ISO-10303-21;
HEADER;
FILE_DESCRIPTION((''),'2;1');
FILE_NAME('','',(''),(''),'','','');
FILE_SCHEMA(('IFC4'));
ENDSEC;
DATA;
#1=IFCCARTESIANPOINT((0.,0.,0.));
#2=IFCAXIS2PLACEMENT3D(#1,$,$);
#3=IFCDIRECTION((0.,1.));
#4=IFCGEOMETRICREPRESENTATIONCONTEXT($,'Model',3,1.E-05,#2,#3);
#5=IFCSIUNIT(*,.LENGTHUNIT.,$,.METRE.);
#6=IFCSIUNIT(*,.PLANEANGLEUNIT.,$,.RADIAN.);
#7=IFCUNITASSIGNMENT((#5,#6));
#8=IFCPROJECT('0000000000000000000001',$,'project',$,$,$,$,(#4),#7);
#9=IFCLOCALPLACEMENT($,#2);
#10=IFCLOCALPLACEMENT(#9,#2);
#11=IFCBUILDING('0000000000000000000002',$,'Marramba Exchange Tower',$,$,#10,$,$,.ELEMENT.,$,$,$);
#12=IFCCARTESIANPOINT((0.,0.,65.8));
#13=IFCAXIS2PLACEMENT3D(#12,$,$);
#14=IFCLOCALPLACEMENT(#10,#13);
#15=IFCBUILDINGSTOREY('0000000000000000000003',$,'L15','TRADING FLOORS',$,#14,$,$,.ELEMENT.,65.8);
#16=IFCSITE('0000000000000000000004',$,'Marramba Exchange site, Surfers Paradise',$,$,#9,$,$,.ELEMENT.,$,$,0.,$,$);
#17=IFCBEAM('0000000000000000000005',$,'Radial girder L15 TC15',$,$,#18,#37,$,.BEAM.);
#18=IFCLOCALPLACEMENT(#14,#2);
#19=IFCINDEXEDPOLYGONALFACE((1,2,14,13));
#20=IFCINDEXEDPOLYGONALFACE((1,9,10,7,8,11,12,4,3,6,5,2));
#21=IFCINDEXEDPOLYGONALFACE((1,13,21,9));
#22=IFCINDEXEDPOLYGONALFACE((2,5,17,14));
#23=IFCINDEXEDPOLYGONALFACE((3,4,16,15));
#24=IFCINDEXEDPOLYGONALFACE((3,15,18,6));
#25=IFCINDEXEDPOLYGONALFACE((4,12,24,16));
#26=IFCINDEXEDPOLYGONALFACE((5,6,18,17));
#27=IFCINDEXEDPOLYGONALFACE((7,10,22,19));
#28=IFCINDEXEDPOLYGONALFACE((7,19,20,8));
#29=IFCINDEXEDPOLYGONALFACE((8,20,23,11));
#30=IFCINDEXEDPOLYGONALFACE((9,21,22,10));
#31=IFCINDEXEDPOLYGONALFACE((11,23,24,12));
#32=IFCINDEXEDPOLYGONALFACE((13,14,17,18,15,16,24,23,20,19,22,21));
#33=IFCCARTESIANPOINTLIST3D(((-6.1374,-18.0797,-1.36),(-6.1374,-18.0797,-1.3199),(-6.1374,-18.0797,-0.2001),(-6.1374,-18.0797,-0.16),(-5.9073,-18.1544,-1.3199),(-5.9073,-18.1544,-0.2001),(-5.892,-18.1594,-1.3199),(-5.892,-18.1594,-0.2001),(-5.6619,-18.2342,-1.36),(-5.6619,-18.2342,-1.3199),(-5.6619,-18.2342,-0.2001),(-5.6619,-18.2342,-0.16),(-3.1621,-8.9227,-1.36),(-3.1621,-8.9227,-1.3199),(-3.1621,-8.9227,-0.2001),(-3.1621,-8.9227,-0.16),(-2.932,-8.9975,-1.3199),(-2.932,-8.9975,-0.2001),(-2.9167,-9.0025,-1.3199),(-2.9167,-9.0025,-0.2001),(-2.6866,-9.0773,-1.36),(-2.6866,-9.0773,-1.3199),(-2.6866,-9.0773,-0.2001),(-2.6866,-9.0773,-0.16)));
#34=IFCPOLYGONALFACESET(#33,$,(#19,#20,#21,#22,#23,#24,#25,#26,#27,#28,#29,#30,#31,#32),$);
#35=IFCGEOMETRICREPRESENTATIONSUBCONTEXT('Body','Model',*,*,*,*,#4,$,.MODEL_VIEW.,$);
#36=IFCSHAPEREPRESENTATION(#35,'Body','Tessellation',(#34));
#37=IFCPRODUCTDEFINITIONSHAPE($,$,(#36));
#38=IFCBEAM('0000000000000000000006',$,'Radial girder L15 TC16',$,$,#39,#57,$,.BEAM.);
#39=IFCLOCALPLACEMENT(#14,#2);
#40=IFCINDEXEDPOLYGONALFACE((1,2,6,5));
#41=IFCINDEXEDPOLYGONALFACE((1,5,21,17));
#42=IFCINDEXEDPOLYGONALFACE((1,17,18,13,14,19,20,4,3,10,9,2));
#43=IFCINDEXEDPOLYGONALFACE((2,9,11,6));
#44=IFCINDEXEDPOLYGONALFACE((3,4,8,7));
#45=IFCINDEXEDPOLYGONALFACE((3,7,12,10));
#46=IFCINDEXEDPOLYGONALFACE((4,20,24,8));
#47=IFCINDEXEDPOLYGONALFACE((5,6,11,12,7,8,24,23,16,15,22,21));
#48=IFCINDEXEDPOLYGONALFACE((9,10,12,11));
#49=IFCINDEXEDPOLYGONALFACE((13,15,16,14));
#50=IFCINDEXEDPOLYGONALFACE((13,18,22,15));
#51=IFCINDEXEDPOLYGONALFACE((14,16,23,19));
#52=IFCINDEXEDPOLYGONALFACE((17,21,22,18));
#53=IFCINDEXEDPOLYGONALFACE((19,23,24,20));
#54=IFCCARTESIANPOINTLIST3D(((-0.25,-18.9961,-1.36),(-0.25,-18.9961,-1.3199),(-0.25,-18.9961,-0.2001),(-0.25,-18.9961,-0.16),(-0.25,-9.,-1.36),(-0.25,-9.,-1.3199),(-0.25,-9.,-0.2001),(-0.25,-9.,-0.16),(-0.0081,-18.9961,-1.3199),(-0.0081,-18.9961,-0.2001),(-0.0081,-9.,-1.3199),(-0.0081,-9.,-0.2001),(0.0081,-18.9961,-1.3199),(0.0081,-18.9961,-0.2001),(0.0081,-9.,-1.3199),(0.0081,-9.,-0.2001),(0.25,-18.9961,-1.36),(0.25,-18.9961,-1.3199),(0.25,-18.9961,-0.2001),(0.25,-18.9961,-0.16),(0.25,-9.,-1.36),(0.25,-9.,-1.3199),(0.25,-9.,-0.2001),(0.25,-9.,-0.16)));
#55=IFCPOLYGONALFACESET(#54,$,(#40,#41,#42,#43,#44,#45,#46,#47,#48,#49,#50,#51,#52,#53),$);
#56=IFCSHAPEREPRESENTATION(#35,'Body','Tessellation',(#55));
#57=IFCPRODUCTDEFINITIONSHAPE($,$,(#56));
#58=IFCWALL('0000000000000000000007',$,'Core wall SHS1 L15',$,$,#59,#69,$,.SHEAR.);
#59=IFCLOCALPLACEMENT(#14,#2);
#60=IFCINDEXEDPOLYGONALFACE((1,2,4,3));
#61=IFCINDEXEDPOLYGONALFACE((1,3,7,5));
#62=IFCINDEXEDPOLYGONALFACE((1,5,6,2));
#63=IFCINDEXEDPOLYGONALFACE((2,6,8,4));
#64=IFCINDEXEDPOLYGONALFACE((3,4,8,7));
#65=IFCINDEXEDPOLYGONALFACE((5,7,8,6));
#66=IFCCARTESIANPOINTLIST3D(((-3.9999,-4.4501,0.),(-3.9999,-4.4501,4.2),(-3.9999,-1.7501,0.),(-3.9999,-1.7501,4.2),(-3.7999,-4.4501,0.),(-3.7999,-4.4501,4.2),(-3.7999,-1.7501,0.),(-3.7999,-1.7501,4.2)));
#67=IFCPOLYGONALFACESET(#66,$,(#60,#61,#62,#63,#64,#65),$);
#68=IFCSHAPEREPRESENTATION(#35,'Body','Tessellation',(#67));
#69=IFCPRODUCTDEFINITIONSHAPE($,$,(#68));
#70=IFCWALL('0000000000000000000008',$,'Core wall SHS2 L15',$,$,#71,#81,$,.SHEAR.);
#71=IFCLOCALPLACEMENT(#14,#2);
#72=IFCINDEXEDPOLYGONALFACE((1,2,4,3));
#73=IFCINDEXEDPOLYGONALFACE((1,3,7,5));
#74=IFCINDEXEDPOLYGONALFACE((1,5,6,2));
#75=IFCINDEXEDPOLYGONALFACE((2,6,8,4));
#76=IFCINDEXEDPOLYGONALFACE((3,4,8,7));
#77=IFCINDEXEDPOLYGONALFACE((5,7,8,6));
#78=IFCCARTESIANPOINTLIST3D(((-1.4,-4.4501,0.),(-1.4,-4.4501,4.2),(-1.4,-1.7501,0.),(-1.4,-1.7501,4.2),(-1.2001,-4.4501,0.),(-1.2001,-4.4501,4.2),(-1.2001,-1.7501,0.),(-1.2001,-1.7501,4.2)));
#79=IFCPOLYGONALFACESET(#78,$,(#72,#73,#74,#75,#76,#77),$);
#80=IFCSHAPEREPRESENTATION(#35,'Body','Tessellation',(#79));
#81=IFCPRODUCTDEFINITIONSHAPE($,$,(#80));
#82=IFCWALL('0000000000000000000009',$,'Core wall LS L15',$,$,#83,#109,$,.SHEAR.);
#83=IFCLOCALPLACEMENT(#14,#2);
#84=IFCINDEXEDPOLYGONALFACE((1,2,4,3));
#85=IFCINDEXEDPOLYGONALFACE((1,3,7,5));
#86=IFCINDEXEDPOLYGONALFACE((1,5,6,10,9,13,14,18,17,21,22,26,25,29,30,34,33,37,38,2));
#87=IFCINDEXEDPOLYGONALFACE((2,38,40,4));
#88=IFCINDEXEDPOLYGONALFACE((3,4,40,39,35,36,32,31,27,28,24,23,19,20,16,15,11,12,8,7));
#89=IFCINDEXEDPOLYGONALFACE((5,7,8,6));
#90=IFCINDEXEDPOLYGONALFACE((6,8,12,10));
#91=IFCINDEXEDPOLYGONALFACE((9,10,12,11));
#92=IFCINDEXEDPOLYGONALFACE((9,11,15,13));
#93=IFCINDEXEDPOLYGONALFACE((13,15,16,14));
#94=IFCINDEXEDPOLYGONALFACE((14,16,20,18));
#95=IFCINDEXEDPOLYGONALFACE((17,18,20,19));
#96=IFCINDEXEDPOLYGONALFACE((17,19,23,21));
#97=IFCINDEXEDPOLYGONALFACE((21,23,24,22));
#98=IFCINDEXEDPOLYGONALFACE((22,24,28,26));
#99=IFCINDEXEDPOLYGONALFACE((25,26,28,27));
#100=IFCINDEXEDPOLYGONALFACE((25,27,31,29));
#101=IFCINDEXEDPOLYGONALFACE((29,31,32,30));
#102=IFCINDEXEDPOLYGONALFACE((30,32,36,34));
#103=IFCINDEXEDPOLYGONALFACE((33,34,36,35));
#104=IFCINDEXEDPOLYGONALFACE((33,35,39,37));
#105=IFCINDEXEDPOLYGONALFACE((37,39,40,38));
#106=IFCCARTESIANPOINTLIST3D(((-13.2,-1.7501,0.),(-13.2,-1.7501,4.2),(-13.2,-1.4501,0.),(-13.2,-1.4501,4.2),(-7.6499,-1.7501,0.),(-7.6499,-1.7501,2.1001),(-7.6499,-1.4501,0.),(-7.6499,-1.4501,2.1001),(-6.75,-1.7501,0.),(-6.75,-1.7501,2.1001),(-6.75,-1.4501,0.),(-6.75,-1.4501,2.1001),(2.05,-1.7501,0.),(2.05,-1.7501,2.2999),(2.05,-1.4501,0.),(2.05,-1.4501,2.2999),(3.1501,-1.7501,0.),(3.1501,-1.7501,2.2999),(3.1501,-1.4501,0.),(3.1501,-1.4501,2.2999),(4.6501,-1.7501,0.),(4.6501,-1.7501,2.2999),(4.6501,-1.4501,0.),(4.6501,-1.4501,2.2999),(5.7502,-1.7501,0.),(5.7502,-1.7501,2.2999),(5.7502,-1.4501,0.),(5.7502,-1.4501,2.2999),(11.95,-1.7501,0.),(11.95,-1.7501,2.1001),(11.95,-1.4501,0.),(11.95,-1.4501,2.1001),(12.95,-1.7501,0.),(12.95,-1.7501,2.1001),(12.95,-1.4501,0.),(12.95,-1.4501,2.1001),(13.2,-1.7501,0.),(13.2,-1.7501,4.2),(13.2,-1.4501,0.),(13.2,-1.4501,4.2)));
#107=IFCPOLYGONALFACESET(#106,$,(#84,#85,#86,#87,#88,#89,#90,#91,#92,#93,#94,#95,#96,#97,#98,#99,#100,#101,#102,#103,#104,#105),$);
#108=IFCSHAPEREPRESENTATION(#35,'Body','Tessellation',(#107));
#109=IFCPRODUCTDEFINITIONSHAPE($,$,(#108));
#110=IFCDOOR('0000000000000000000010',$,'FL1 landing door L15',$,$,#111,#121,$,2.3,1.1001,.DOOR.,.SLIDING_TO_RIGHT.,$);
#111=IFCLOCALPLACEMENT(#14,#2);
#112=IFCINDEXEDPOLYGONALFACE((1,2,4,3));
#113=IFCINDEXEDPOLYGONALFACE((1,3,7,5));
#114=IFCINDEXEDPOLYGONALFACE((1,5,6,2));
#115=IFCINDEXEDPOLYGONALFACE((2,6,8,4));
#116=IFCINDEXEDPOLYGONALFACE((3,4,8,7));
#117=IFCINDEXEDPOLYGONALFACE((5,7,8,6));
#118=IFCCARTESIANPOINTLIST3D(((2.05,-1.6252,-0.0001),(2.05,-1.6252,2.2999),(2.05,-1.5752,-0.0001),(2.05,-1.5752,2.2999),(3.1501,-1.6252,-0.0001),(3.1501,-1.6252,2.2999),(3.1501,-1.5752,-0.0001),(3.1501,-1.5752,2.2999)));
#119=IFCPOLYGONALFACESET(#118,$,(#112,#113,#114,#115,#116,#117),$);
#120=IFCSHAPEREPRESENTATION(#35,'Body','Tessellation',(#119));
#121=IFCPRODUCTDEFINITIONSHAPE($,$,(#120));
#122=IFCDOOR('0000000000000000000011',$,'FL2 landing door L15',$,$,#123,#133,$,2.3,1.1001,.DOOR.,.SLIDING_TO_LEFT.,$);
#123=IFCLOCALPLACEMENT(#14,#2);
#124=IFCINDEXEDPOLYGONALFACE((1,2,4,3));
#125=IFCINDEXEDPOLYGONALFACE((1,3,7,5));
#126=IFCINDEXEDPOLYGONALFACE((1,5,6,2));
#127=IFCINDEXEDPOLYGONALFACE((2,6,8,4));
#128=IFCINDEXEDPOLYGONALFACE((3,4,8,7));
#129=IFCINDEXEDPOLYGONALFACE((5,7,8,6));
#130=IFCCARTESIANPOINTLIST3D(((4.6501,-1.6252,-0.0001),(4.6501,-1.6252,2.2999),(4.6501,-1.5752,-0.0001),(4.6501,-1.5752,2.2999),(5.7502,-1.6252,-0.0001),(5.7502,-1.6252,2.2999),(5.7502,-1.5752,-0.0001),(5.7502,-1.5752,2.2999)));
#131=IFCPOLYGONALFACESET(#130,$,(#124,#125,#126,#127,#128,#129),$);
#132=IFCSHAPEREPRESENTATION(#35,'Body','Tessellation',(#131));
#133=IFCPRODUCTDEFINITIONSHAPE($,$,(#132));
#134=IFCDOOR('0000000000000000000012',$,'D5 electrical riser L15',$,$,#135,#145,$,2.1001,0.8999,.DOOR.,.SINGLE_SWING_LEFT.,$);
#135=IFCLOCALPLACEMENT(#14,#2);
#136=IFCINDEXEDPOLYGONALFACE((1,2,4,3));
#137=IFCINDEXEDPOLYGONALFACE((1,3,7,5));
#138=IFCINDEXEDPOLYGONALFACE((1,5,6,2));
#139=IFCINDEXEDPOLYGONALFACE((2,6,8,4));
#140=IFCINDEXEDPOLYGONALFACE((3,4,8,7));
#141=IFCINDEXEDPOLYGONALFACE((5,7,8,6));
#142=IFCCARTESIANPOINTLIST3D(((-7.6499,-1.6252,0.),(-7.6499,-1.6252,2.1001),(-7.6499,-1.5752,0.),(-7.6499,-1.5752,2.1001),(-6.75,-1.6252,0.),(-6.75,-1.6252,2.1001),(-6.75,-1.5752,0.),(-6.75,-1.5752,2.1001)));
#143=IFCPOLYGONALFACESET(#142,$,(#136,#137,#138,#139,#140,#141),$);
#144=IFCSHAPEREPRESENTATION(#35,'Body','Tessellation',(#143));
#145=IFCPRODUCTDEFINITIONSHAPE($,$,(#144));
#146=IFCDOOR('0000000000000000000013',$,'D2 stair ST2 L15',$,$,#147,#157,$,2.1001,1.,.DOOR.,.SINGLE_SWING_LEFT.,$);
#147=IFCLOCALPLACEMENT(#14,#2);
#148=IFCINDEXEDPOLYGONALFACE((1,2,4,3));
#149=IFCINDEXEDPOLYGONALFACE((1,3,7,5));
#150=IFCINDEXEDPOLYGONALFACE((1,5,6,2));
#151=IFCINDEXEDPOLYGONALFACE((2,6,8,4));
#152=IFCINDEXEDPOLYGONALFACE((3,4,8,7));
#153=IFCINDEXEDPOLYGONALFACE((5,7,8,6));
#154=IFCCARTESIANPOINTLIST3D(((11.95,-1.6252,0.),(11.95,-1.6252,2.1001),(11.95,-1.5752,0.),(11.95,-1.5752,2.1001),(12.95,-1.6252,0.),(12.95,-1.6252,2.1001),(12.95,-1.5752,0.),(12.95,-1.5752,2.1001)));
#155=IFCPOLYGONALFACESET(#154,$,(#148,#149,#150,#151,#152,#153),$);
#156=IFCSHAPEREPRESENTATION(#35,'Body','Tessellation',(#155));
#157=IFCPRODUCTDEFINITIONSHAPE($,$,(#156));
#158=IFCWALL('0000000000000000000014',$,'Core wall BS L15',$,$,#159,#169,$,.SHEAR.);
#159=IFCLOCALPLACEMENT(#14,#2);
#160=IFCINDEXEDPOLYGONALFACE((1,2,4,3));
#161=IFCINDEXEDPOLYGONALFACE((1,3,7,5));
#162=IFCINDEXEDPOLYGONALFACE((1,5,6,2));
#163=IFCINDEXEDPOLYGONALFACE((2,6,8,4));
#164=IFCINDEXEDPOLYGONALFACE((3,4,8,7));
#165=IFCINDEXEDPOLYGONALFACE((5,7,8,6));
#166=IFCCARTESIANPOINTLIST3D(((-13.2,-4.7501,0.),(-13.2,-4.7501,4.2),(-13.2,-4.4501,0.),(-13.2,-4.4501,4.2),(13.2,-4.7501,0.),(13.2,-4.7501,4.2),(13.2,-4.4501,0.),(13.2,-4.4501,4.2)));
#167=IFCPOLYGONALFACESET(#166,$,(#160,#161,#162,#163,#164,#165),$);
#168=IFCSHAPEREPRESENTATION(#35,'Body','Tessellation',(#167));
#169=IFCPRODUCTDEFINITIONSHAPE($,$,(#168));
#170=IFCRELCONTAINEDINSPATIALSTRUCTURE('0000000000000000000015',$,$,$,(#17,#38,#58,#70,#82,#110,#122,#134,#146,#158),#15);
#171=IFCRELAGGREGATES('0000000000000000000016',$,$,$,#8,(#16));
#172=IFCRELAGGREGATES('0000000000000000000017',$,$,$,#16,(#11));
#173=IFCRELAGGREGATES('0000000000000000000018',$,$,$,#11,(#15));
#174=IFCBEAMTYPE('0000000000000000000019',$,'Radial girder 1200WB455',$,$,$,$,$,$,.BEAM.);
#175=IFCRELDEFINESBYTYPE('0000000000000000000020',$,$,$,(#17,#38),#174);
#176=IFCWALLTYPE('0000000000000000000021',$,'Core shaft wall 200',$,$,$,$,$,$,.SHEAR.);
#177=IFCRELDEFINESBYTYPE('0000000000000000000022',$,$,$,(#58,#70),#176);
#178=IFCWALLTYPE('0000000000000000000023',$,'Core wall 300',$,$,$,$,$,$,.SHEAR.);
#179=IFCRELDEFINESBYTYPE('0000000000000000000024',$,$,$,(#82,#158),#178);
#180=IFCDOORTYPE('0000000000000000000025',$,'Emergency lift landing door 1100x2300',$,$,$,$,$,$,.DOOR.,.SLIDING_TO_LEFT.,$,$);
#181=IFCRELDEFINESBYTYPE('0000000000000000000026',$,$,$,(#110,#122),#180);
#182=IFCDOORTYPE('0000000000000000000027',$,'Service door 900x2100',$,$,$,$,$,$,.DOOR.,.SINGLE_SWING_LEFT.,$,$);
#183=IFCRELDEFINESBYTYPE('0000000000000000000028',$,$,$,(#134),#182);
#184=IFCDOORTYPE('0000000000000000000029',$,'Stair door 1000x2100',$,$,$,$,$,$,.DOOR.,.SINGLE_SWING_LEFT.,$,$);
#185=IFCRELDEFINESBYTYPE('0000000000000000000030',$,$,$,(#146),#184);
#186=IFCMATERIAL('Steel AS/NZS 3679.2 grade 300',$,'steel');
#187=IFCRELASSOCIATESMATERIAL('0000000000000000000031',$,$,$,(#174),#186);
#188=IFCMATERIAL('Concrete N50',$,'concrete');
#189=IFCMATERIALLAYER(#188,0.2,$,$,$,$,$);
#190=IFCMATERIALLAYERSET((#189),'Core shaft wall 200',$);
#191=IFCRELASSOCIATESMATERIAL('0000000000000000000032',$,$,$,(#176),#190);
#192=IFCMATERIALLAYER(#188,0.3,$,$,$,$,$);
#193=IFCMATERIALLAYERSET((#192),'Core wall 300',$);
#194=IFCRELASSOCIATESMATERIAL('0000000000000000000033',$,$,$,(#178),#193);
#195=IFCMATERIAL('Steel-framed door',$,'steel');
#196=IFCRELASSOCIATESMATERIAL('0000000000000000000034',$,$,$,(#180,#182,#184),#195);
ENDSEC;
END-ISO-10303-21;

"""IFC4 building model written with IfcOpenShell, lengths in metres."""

from ifc_helpers import new_model, si_unit, direction, frame, frame_2d, origin, origin_2d, place, context, subcontext, project, spatial, rectangle, i_section, extrude, material, layer, layer_set, material_profile, profile_set, type_object, element, fill, save


model = new_model("IFC4")

# Units and contexts
model_context = context("Model", 3, precision=1e-05, world=origin(), true_north=direction((0.0, 1.0)))
body_context = subcontext(model_context, "Body", "Model", "MODEL_VIEW")
ifc_project = project(units=[si_unit("LENGTHUNIT", "METRE"), si_unit("PLANEANGLEUNIT", "RADIAN")], contexts=[model_context])

# Site, building, storey
site_placement = place(None, origin())
site = spatial("IfcSite", under=ifc_project, at=site_placement, Name="Marramba Exchange site, Surfers Paradise", CompositionType="ELEMENT", RefElevation=0.0)
building_placement = place(site_placement, origin())
building = spatial("IfcBuilding", under=site, at=building_placement, Name="Marramba Exchange Tower", CompositionType="ELEMENT")
storey_placement = place(building_placement, frame((0.0, 0.0, 65.8)))
storey = spatial("IfcBuildingStorey", under=building, at=storey_placement, Name="L15", Description="TRADING FLOORS", CompositionType="ELEMENT", Elevation=65.8)

# Beams
ifc_material_1 = material(Name="Steel AS/NZS 3679.2 grade 300", Category="steel")
ifc_material_profile = material_profile(ifc_material_1, i_section(OverallWidth=0.5, OverallDepth=1.2, WebThickness=0.0161, FlangeThickness=0.04, at=origin_2d()), Name="1200WB455")
ifc_profile_set = profile_set([ifc_material_profile], Name="Steel AS/NZS 3679.2 grade 300")
beam_type = type_object("IfcBeamType", Name="Radial girder 1200WB455", PredefinedType="BEAM", material=ifc_profile_set)
beam_1_placement = place(storey_placement, frame((-2.9243, -9.0, -0.76), z_axis=(-0.309022, -0.951055, 0.0), x_axis=(0.951055, -0.309022, 0.0)))
element("IfcBeam", 1, at=beam_1_placement, inside=storey, type_object=beam_type, Name="Radial girder L15 TC15", PredefinedType="BEAM", context=body_context, shape_type="SweptSolid", body=[
    extrude(i_section(OverallWidth=0.5, OverallDepth=1.2, WebThickness=0.0161, FlangeThickness=0.04, at=origin_2d()), origin(), (0.0, 0.0, 1.0), 9.6282),
])
beam_2_placement = place(storey_placement, frame((0.0, -9.0, -0.76), z_axis=(0.0, -1.0, 0.0), x_axis=(1.0, 0.0, 0.0)))
element("IfcBeam", 2, at=beam_2_placement, inside=storey, type_object=beam_type, Name="Radial girder L15 TC16", PredefinedType="BEAM", context=body_context, shape_type="SweptSolid", body=[
    extrude(i_section(OverallWidth=0.5, OverallDepth=1.2, WebThickness=0.0161, FlangeThickness=0.04, at=origin_2d()), origin(), (0.0, 0.0, 1.0), 9.9961),
])

# Walls
ifc_material_2 = material(Name="Concrete N50", Category="concrete")
ifc_layer_1 = layer(ifc_material_2, 0.2)
ifc_layer_set_1 = layer_set([ifc_layer_1], Name="Core shaft wall 200")
wall_type_1 = type_object("IfcWallType", Name="Core shaft wall 200", PredefinedType="SHEAR", material=ifc_layer_set_1)
for number, where, z_axis, x_axis, name in (
    (3, (-3.8999, -1.75, 0.0), (0.0, 0.0, 1.0), (0.0, -1.0, 0.0), "Core wall SHS1 L15"),
    (4, (-1.3, -1.75, 0.0), (0.0, 0.0, 1.0), (0.0, -1.0, 0.0), "Core wall SHS2 L15"),
):
    element("IfcWall", number, at=place(storey_placement, frame(where, z_axis=z_axis, x_axis=x_axis)), inside=storey, type_object=wall_type_1, Name=name, PredefinedType="SHEAR", context=body_context, shape_type="SweptSolid", body=[
        extrude(rectangle(XDim=2.7, YDim=0.2, at=frame_2d((1.3501, 0.0))), origin(), (0.0, 0.0, 1.0), 4.2),
    ])

# Wall, openings, doors
ifc_layer_2 = layer(ifc_material_2, 0.3)
ifc_layer_set_2 = layer_set([ifc_layer_2], Name="Core wall 300")
wall_type_2 = type_object("IfcWallType", Name="Core wall 300", PredefinedType="SHEAR", material=ifc_layer_set_2)
wall_1_placement = place(storey_placement, frame((-13.2, -1.6001, 0.0), z_axis=(0.0, 0.0, 1.0), x_axis=(1.0, 0.0, 0.0)))
wall_1 = element("IfcWall", 5, at=wall_1_placement, inside=storey, type_object=wall_type_2, Name="Core wall LS L15", PredefinedType="SHEAR", context=body_context, shape_type="SweptSolid", body=[
    extrude(rectangle(XDim=26.3999, YDim=0.3, at=frame_2d((13.2, 0.0))), origin(), (0.0, 0.0, 1.0), 4.2),
])
opening_1_placement = place(wall_1_placement, frame((25.1499, 0.0, 0.0)))
opening_1 = element("IfcOpeningElement", 6, at=opening_1_placement, cuts=wall_1, PredefinedType="OPENING", context=body_context, shape_type="SweptSolid", body=[
    extrude(rectangle(XDim=1.0, YDim=2.1001, at=frame_2d((0.5, 1.05))), frame((0.0, 0.1599, 0.0), z_axis=(0.0, -1.0, 0.0), x_axis=(1.0, 0.0, 0.0)), (0.0, 0.0, 1.0), 0.3201),
])
opening_2_placement = place(wall_1_placement, frame((15.25, 0.0, 0.0)))
opening_2 = element("IfcOpeningElement", 7, at=opening_2_placement, cuts=wall_1, PredefinedType="OPENING", context=body_context, shape_type="SweptSolid", body=[
    extrude(rectangle(XDim=1.1001, YDim=2.3, at=frame_2d((0.55, 1.1499))), frame((0.0, 0.1599, 0.0), z_axis=(0.0, -1.0, 0.0), x_axis=(1.0, 0.0, 0.0)), (0.0, 0.0, 1.0), 0.3201),
])
opening_3_placement = place(wall_1_placement, frame((17.8501, 0.0, 0.0)))
opening_3 = element("IfcOpeningElement", 8, at=opening_3_placement, cuts=wall_1, PredefinedType="OPENING", context=body_context, shape_type="SweptSolid", body=[
    extrude(rectangle(XDim=1.1001, YDim=2.3, at=frame_2d((0.55, 1.1499))), frame((0.0, 0.1599, 0.0), z_axis=(0.0, -1.0, 0.0), x_axis=(1.0, 0.0, 0.0)), (0.0, 0.0, 1.0), 0.3201),
])
opening_4_placement = place(wall_1_placement, frame((5.55, 0.0, 0.0)))
opening_4 = element("IfcOpeningElement", 9, at=opening_4_placement, cuts=wall_1, PredefinedType="OPENING", context=body_context, shape_type="SweptSolid", body=[
    extrude(rectangle(XDim=0.8999, YDim=2.1001, at=frame_2d((0.45, 1.05))), frame((0.0, 0.1599, 0.0), z_axis=(0.0, -1.0, 0.0), x_axis=(1.0, 0.0, 0.0)), (0.0, 0.0, 1.0), 0.3201),
])
ifc_material_3 = material(Name="Steel-framed door", Category="steel")
door_type_1 = type_object("IfcDoorType", Name="Emergency lift landing door 1100x2300", OperationType="SLIDING_TO_LEFT", PredefinedType="DOOR", material=ifc_material_3)
door_1_placement = place(opening_2_placement, frame((1.1001, 0.0, 0.0), z_axis=(0.0, 0.0, 1.0), x_axis=(-1.0, 0.0, 0.0)))
door_1 = element("IfcDoor", 10, at=door_1_placement, inside=storey, type_object=door_type_1, Name="FL1 landing door L15", OperationType="SLIDING_TO_RIGHT", OverallHeight=2.3, OverallWidth=1.1001, PredefinedType="DOOR", context=body_context, shape_type="SweptSolid", body=[
    extrude(rectangle(XDim=1.1001, YDim=2.3, at=frame_2d((0.55, 1.1499))), frame((0.0, 0.0251, 0.0), z_axis=(0.0, -1.0, 0.0), x_axis=(1.0, 0.0, 0.0)), (0.0, 0.0, 1.0), 0.05),
])
fill(opening_2, door_1)
door_2_placement = place(opening_3_placement, frame((1.1001, 0.0, 0.0), z_axis=(0.0, 0.0, 1.0), x_axis=(-1.0, 0.0, 0.0)))
door_2 = element("IfcDoor", 11, at=door_2_placement, inside=storey, type_object=door_type_1, Name="FL2 landing door L15", OperationType="SLIDING_TO_LEFT", OverallHeight=2.3, OverallWidth=1.1001, PredefinedType="DOOR", context=body_context, shape_type="SweptSolid", body=[
    extrude(rectangle(XDim=1.1001, YDim=2.3, at=frame_2d((0.55, 1.1499))), frame((0.0, 0.0251, 0.0), z_axis=(0.0, -1.0, 0.0), x_axis=(1.0, 0.0, 0.0)), (0.0, 0.0, 1.0), 0.05),
])
fill(opening_3, door_2)
door_type_2 = type_object("IfcDoorType", Name="Service door 900x2100", OperationType="SINGLE_SWING_LEFT", PredefinedType="DOOR", material=ifc_material_3)
door_3_placement = place(opening_4_placement, frame((0.8999, 0.0, 0.0), z_axis=(0.0, 0.0, 1.0), x_axis=(-1.0, 0.0, 0.0)))
door_3 = element("IfcDoor", 12, at=door_3_placement, inside=storey, type_object=door_type_2, Name="D5 electrical riser L15", OperationType="SINGLE_SWING_LEFT", OverallHeight=2.1001, OverallWidth=0.8999, PredefinedType="DOOR", context=body_context, shape_type="SweptSolid", body=[
    extrude(rectangle(XDim=0.8999, YDim=2.1001, at=frame_2d((0.45, 1.05))), frame((0.0, 0.0251, 0.0), z_axis=(0.0, -1.0, 0.0), x_axis=(1.0, 0.0, 0.0)), (0.0, 0.0, 1.0), 0.05),
])
fill(opening_4, door_3)
door_type_3 = type_object("IfcDoorType", Name="Stair door 1000x2100", OperationType="SINGLE_SWING_LEFT", PredefinedType="DOOR", material=ifc_material_3)
door_4_placement = place(opening_1_placement, frame((1.0, 0.0, 0.0), z_axis=(0.0, 0.0, 1.0), x_axis=(-1.0, 0.0, 0.0)))
door_4 = element("IfcDoor", 13, at=door_4_placement, inside=storey, type_object=door_type_3, Name="D2 stair ST2 L15", OperationType="SINGLE_SWING_LEFT", OverallHeight=2.1001, OverallWidth=1.0, PredefinedType="DOOR", context=body_context, shape_type="SweptSolid", body=[
    extrude(rectangle(XDim=1.0, YDim=2.1001, at=frame_2d((0.5, 1.05))), frame((0.0, 0.0251, 0.0), z_axis=(0.0, -1.0, 0.0), x_axis=(1.0, 0.0, 0.0)), (0.0, 0.0, 1.0), 0.05),
])
fill(opening_1, door_4)

# Wall
wall_2_placement = place(storey_placement, frame((-13.2, -4.6001, 0.0), z_axis=(0.0, 0.0, 1.0), x_axis=(1.0, 0.0, 0.0)))
element("IfcWall", 14, at=wall_2_placement, inside=storey, type_object=wall_type_2, Name="Core wall BS L15", PredefinedType="SHEAR", context=body_context, shape_type="SweptSolid", body=[
    extrude(rectangle(XDim=26.3999, YDim=0.3, at=frame_2d((13.2, 0.0))), origin(), (0.0, 0.0, 1.0), 4.2),
])

save(model, "model.ifc")
